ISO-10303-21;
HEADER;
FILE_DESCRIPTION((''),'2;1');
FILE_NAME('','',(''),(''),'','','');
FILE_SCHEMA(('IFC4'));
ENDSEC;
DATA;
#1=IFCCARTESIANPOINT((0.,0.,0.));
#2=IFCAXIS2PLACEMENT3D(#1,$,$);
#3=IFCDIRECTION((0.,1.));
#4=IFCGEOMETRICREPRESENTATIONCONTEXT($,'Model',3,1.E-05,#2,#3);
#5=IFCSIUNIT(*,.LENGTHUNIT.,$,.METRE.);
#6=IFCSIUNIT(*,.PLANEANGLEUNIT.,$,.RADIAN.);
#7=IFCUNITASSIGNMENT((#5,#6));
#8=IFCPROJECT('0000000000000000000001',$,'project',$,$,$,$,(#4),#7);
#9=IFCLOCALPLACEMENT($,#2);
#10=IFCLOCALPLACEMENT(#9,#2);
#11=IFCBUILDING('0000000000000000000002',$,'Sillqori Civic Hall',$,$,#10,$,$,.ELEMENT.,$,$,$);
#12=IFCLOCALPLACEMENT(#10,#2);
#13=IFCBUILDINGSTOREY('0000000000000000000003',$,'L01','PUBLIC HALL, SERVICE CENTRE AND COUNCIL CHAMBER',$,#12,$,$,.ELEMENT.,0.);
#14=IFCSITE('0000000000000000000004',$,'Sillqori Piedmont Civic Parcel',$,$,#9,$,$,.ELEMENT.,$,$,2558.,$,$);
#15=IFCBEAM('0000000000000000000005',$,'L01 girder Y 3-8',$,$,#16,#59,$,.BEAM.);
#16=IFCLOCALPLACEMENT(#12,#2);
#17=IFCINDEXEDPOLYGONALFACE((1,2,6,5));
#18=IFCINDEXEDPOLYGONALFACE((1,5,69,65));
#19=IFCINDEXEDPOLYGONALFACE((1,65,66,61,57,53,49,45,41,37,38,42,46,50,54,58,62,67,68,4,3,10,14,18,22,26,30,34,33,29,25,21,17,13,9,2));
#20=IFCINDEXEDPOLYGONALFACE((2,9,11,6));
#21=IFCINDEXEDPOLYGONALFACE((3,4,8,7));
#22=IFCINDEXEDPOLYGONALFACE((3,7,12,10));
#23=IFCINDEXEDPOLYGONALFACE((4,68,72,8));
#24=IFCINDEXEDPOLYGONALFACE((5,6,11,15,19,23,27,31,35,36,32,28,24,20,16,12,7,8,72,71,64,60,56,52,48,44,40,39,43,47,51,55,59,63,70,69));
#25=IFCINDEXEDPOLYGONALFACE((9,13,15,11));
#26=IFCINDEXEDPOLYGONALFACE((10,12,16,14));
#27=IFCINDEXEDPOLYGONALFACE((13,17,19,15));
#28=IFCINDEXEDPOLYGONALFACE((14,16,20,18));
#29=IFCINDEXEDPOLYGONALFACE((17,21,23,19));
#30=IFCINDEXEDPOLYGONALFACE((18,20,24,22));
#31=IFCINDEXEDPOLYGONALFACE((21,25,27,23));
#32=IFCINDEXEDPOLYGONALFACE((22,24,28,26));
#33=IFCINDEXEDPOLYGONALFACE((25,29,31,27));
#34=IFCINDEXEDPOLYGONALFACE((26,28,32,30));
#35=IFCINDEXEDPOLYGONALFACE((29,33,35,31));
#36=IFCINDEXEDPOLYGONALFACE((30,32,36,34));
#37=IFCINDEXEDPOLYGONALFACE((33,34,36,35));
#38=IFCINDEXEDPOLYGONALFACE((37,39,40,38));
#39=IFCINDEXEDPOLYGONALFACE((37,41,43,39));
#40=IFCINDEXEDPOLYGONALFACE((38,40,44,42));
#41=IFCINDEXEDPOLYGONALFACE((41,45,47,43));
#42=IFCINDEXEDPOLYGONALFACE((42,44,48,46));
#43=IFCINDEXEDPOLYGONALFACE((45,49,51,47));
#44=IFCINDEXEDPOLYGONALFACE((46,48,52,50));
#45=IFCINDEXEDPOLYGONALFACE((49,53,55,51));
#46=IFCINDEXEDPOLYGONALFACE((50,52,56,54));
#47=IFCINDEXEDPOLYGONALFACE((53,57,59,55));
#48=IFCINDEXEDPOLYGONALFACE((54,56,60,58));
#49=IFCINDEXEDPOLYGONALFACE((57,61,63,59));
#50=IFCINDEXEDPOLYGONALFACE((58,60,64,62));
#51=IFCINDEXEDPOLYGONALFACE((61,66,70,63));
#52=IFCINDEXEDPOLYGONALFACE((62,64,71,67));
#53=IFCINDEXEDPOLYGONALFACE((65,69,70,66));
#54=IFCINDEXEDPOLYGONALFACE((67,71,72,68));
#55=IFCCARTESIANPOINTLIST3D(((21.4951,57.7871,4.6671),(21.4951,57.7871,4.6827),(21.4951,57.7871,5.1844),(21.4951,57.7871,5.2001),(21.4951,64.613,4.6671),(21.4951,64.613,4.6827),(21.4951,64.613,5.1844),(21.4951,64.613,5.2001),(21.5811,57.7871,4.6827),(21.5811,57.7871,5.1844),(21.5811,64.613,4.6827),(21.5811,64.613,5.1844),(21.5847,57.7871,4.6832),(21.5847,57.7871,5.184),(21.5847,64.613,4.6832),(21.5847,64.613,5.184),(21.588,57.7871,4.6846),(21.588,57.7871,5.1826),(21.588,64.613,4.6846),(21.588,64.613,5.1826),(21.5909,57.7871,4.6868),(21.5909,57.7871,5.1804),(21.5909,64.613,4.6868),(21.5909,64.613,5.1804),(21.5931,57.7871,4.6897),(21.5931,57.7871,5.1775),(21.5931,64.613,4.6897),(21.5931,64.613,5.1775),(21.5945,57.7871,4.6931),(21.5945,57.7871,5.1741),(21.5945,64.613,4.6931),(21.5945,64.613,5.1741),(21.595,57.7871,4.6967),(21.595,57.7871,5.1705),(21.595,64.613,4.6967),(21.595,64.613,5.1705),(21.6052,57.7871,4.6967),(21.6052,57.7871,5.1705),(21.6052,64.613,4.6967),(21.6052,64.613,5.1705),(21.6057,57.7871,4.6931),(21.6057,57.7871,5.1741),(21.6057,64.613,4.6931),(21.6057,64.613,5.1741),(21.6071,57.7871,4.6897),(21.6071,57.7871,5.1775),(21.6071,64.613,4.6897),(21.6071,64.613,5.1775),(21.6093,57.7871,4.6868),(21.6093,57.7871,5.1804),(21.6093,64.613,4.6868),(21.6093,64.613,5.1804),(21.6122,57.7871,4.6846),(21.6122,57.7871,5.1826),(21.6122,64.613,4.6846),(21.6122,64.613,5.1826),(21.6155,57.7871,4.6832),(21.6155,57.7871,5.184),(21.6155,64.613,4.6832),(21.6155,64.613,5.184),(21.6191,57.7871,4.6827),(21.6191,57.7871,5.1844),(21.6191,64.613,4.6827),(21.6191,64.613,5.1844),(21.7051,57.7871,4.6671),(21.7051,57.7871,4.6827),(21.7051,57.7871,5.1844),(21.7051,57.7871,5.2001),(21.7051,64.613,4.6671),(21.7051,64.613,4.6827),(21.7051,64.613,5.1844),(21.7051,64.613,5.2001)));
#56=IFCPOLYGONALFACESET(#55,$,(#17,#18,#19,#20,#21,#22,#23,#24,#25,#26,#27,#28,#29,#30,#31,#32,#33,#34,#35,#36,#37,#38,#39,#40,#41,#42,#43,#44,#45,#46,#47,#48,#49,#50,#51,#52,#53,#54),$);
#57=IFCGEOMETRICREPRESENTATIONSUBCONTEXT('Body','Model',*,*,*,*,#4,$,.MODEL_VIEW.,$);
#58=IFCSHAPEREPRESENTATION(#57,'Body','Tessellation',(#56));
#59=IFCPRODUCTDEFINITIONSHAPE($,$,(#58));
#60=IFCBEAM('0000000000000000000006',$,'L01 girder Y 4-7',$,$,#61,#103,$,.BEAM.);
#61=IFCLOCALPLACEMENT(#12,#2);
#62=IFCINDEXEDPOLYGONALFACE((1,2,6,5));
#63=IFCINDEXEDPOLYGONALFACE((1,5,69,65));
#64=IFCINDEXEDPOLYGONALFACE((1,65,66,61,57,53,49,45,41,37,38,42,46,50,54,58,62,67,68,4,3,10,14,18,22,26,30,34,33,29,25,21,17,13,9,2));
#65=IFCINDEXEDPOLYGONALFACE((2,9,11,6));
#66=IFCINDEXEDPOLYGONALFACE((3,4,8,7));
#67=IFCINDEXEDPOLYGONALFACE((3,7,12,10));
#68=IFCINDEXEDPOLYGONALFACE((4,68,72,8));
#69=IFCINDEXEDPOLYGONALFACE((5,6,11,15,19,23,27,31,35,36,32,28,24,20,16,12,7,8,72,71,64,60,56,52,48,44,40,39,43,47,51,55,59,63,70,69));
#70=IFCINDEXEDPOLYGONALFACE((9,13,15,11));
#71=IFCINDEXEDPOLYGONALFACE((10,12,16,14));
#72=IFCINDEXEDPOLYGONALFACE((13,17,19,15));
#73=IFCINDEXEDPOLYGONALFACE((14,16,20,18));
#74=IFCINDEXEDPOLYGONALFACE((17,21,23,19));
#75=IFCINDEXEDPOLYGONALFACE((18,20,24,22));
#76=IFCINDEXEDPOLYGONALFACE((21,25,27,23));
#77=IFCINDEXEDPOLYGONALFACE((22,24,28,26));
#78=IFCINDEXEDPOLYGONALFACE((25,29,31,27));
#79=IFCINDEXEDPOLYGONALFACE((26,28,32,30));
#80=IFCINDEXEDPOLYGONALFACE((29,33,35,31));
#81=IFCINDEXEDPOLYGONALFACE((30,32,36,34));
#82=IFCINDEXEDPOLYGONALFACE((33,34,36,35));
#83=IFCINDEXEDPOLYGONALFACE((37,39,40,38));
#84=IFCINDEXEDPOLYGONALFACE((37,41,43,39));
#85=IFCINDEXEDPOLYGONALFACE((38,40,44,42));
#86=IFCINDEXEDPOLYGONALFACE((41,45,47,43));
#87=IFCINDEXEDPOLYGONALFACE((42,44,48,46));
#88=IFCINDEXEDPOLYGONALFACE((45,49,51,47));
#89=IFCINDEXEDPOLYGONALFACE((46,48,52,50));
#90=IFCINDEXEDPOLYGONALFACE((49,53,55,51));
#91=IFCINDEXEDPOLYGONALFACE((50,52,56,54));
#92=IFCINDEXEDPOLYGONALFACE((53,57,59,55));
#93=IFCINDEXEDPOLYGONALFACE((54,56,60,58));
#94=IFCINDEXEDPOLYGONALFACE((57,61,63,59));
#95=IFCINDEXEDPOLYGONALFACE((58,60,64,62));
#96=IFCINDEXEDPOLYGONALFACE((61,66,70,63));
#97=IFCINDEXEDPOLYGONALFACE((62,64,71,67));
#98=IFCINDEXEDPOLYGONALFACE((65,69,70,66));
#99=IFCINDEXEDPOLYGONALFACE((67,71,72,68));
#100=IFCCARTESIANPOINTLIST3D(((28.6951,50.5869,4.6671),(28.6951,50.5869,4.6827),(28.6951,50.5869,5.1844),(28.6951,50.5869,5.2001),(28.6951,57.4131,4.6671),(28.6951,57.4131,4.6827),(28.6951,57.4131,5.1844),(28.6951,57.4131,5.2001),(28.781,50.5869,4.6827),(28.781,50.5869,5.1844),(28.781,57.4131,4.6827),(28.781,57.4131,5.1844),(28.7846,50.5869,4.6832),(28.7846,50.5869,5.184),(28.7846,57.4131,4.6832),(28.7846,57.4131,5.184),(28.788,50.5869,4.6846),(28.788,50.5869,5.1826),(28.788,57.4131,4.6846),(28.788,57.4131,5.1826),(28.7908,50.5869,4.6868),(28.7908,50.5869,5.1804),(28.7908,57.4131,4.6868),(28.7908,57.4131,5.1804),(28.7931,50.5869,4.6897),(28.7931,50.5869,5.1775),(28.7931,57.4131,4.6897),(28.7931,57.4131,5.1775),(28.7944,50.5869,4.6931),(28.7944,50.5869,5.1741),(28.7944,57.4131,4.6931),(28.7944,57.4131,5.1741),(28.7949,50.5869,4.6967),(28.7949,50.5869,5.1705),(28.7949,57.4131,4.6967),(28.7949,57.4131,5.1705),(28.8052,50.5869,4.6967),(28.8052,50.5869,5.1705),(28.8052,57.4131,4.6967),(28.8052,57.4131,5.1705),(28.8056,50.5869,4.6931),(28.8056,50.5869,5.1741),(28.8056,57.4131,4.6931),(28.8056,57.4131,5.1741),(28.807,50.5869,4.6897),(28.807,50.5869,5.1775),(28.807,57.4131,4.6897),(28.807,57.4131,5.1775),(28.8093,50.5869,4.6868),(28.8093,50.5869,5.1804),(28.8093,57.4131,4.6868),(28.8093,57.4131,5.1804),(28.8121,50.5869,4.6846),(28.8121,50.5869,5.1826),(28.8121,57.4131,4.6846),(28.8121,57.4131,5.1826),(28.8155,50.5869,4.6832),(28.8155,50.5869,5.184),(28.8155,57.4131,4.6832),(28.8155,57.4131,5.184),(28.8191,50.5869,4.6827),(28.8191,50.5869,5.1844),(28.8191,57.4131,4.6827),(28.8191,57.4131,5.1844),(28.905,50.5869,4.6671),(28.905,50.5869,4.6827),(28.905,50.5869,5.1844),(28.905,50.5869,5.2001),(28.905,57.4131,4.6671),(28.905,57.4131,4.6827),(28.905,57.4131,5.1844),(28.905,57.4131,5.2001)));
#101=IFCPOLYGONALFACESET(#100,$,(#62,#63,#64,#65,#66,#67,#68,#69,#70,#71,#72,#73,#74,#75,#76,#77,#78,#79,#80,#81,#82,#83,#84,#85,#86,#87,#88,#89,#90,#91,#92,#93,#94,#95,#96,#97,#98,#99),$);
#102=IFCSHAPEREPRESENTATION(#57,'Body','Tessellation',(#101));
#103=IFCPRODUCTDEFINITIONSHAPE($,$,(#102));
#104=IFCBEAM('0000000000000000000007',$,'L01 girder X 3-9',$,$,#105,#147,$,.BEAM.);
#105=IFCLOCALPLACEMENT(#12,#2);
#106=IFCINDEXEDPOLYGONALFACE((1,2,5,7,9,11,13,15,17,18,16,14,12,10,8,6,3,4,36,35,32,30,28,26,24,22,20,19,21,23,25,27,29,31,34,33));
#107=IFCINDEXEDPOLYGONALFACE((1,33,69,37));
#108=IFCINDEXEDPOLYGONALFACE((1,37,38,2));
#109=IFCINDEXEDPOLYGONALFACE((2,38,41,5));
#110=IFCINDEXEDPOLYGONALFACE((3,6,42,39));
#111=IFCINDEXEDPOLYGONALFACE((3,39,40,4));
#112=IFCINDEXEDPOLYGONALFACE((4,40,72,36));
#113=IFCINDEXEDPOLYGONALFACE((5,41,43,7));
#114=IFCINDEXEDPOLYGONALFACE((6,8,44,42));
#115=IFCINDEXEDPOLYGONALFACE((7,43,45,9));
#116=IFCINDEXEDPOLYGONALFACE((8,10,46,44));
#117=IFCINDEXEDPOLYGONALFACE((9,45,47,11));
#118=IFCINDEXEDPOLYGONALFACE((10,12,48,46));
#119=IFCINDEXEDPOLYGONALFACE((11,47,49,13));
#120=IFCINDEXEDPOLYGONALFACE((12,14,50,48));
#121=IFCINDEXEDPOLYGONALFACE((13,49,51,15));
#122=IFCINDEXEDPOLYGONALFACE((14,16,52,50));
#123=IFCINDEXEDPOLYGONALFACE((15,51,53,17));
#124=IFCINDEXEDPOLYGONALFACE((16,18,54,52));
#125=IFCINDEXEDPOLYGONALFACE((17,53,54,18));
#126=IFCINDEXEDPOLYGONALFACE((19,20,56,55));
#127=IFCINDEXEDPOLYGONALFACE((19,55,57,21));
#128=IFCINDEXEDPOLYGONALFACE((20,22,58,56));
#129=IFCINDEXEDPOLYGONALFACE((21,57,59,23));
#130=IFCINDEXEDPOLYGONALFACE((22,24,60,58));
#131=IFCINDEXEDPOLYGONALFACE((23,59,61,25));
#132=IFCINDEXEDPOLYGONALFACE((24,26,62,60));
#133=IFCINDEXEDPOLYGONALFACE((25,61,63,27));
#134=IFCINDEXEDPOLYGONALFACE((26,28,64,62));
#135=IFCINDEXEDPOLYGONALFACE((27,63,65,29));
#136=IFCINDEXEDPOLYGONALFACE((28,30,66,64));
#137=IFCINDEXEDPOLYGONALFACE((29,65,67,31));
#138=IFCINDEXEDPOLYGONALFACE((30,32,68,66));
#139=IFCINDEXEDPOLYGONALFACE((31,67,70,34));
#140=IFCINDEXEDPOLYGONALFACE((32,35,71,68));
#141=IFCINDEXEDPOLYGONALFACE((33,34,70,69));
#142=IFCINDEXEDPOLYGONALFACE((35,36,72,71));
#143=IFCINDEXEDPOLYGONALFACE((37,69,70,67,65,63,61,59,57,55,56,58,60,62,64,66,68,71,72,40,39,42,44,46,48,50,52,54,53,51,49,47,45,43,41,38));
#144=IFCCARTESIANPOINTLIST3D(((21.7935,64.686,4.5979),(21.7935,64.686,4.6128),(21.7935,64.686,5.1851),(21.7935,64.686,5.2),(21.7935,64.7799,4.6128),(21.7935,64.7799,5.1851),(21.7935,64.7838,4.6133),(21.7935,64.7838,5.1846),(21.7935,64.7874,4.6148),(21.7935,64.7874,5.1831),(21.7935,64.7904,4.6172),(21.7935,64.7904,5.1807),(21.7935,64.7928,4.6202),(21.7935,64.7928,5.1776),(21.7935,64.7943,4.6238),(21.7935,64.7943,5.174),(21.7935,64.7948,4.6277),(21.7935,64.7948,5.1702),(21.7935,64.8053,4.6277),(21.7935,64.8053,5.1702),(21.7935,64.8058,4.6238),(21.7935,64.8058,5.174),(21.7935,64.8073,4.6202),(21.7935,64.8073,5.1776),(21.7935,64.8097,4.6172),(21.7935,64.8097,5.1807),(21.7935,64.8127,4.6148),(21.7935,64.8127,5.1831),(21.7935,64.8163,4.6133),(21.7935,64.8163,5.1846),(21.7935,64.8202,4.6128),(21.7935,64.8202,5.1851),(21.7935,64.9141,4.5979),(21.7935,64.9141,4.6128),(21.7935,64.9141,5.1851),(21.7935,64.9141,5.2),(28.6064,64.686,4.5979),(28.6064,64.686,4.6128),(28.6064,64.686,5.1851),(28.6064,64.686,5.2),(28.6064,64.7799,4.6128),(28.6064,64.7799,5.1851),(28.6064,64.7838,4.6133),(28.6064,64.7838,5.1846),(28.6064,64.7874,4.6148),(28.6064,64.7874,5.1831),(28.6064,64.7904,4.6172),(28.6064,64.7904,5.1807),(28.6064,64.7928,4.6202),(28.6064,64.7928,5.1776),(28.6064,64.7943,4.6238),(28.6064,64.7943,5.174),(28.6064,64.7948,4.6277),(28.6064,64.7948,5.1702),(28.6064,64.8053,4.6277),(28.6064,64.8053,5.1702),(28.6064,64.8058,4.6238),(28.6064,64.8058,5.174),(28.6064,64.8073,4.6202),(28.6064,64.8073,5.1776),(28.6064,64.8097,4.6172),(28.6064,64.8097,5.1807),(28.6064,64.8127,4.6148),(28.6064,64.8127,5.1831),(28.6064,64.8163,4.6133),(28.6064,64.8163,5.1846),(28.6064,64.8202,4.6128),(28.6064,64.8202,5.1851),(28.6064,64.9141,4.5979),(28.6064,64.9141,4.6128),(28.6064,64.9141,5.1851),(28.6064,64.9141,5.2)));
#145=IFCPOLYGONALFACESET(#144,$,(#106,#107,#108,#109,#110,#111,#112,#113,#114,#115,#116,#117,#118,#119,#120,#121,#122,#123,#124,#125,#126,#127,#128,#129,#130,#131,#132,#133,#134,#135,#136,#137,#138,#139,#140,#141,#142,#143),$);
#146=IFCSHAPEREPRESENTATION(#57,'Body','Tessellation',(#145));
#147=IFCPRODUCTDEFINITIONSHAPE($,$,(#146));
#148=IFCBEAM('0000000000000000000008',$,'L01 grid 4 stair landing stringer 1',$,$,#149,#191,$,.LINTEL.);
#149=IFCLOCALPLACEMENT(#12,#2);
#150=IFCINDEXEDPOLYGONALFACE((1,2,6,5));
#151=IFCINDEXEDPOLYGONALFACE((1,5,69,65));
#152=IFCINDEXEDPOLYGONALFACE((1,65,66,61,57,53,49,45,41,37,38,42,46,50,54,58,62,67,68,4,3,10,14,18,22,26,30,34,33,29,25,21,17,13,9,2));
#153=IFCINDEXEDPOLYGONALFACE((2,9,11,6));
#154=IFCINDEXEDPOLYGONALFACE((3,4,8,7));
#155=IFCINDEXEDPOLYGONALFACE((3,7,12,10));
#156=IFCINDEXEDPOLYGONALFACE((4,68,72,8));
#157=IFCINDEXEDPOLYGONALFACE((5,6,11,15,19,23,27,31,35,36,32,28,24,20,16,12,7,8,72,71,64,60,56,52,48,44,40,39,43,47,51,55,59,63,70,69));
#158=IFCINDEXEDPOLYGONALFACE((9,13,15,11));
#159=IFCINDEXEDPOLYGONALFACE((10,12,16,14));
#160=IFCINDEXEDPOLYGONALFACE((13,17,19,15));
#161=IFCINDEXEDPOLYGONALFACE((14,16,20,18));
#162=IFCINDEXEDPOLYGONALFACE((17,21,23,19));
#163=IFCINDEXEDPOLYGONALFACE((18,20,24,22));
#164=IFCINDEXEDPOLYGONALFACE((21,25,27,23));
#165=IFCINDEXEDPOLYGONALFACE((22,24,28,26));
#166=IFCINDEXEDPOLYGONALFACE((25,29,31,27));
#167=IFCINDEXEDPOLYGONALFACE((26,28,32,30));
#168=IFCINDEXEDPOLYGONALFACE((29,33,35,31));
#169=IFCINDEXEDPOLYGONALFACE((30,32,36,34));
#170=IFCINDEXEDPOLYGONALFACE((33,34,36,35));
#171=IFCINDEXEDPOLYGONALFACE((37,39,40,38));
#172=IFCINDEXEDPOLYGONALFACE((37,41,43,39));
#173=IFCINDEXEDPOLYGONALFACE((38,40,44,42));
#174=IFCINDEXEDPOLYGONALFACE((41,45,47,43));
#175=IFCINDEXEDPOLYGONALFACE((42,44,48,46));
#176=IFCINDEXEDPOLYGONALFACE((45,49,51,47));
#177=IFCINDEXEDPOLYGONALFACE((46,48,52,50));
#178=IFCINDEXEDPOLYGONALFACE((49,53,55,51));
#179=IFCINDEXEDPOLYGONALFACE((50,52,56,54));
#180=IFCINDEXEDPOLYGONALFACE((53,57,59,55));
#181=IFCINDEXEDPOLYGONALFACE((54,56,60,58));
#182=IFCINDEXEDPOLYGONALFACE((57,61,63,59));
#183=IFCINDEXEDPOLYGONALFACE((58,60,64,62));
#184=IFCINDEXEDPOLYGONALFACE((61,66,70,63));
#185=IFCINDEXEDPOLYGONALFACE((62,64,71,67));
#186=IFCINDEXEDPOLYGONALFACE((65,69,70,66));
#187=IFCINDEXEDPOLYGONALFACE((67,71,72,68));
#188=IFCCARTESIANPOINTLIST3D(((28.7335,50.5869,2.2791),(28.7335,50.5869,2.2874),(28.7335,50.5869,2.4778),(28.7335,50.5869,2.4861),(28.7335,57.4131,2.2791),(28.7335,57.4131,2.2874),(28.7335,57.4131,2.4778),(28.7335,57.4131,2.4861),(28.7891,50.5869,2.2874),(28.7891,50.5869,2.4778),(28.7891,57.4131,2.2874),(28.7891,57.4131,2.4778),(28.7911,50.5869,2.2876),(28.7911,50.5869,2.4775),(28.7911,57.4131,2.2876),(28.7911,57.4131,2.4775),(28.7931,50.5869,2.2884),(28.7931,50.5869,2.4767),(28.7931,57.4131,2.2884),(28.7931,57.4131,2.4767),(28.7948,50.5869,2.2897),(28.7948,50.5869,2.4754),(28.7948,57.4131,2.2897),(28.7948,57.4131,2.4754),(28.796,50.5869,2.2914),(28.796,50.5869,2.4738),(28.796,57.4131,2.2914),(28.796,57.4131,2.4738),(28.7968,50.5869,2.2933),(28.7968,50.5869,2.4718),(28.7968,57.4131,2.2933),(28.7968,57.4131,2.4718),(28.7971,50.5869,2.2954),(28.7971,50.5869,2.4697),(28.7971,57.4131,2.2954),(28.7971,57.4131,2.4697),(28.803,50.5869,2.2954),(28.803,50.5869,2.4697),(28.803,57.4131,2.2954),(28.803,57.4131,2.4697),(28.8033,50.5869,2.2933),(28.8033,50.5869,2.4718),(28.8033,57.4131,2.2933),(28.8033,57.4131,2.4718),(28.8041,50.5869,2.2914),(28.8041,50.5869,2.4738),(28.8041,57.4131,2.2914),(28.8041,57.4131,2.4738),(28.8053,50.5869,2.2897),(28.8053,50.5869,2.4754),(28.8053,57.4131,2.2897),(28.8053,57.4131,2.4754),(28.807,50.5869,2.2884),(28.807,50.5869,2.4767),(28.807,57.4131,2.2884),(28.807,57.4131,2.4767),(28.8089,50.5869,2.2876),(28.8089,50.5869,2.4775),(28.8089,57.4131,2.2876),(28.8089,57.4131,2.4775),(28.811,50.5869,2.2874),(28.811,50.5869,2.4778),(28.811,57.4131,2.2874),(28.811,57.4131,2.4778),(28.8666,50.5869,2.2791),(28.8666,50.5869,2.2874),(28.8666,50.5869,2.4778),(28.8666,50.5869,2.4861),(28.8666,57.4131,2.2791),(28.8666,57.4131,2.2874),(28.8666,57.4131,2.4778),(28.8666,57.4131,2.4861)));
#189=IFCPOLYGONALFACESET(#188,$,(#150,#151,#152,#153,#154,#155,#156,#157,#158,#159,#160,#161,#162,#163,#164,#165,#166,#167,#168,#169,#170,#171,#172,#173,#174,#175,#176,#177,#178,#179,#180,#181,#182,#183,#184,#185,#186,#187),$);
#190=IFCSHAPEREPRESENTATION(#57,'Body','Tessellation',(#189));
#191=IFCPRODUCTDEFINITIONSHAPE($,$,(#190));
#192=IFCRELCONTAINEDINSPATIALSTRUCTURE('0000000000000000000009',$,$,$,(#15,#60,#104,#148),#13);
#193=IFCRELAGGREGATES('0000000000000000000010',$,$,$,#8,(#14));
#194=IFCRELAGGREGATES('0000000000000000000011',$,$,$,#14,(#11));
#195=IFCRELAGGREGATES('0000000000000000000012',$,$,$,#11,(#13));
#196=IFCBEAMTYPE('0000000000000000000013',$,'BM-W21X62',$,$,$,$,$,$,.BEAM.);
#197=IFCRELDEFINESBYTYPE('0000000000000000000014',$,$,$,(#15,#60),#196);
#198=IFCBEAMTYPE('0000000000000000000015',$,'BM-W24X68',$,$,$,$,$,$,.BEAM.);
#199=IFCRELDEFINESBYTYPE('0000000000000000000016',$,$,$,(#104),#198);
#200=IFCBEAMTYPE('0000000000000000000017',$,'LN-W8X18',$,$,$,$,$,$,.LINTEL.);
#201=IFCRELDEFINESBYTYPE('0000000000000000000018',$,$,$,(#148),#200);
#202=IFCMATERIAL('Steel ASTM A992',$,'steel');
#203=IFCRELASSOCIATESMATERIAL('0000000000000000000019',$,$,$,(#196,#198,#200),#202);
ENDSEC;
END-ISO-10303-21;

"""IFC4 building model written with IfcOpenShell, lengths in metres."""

from ifc_helpers import new_model, si_unit, direction, frame, origin, origin_2d, place, context, subcontext, project, spatial, i_section, extrude, material, material_profile, profile_set, type_object, element, save


model = new_model("IFC4")

# Units and contexts
model_context = context("Model", 3, precision=1e-05, world=origin(), true_north=direction((0.0, 1.0)))
body_context = subcontext(model_context, "Body", "Model", "MODEL_VIEW")
ifc_project = project(units=[si_unit("LENGTHUNIT", "METRE"), si_unit("PLANEANGLEUNIT", "RADIAN")], contexts=[model_context])

# Site, building, storey
site_placement = place(None, origin())
site = spatial("IfcSite", under=ifc_project, at=site_placement, Name="Sillqori Piedmont Civic Parcel", CompositionType="ELEMENT", RefElevation=2558.0)
building_placement = place(site_placement, origin())
building = spatial("IfcBuilding", under=site, at=building_placement, Name="Sillqori Civic Hall", CompositionType="ELEMENT")
storey_placement = place(building_placement, origin())
storey = spatial("IfcBuildingStorey", under=building, at=storey_placement, Name="L01", Description="PUBLIC HALL, SERVICE CENTRE AND COUNCIL CHAMBER", CompositionType="ELEMENT", Elevation=0.0)

# Shared definitions
ifc_material_1 = material(Name="Steel ASTM A992", Category="steel")

# Beams
ifc_material_profile_1 = material_profile(ifc_material_1, i_section(OverallWidth=0.21, OverallDepth=0.533, WebThickness=0.0103, FlangeThickness=0.0156, FilletRadius=0.0139, at=origin_2d()), Name="W21X62")
ifc_profile_set_1 = profile_set([ifc_material_profile_1], Name="Steel ASTM A992")
beam_type_1 = type_object("IfcBeamType", Name="BM-W21X62", PredefinedType="BEAM", material=ifc_profile_set_1)
beam_1_placement = place(storey_placement, frame((21.6001, 57.7871, 4.9336), z_axis=(0.0, 1.0, 0.0), x_axis=(-1.0, 0.0, 0.0)))
element("IfcBeam", 1, at=beam_1_placement, inside=storey, type_object=beam_type_1, Name="L01 girder Y 3-8", PredefinedType="BEAM", context=body_context, shape_type="SweptSolid", body=[
    extrude(i_section(OverallWidth=0.21, OverallDepth=0.533, WebThickness=0.0103, FlangeThickness=0.0156, FilletRadius=0.0139, at=origin_2d()), origin(), (0.0, 0.0, 1.0), 6.8259),
])
beam_2_placement = place(storey_placement, frame((28.8, 50.5869, 4.9336), z_axis=(0.0, 1.0, 0.0), x_axis=(-1.0, 0.0, 0.0)))
element("IfcBeam", 2, at=beam_2_placement, inside=storey, type_object=beam_type_1, Name="L01 girder Y 4-7", PredefinedType="BEAM", context=body_context, shape_type="SweptSolid", body=[
    extrude(i_section(OverallWidth=0.21, OverallDepth=0.533, WebThickness=0.0103, FlangeThickness=0.0156, FilletRadius=0.0139, at=origin_2d()), origin(), (0.0, 0.0, 1.0), 6.8262),
])
ifc_material_profile_2 = material_profile(ifc_material_1, i_section(OverallWidth=0.228, OverallDepth=0.6021, WebThickness=0.0105, FlangeThickness=0.0149, FilletRadius=0.0149, at=origin_2d()), Name="W24X68")
ifc_profile_set_2 = profile_set([ifc_material_profile_2], Name="Steel ASTM A992")
beam_type_2 = type_object("IfcBeamType", Name="BM-W24X68", PredefinedType="BEAM", material=ifc_profile_set_2)
beam_3_placement = place(storey_placement, frame((21.7935, 64.8, 4.8989), z_axis=(1.0, 0.0, 0.0), x_axis=(0.0, 1.0, 0.0)))
element("IfcBeam", 3, at=beam_3_placement, inside=storey, type_object=beam_type_2, Name="L01 girder X 3-9", PredefinedType="BEAM", context=body_context, shape_type="SweptSolid", body=[
    extrude(i_section(OverallWidth=0.228, OverallDepth=0.6021, WebThickness=0.0105, FlangeThickness=0.0149, FilletRadius=0.0149, at=origin_2d()), origin(), (0.0, 0.0, 1.0), 6.813),
])
ifc_material_profile_3 = material_profile(ifc_material_1, i_section(OverallWidth=0.1331, OverallDepth=0.207, WebThickness=0.0059, FlangeThickness=0.0083, FilletRadius=0.0081, at=origin_2d()), Name="W8X18")
ifc_profile_set_3 = profile_set([ifc_material_profile_3], Name="Steel ASTM A992")
beam_type_3 = type_object("IfcBeamType", Name="LN-W8X18", PredefinedType="LINTEL", material=ifc_profile_set_3)
beam_4_placement = place(storey_placement, frame((28.8, 50.5869, 2.3826), z_axis=(0.0, 1.0, 0.0), x_axis=(-1.0, 0.0, 0.0)))
element("IfcBeam", 4, at=beam_4_placement, inside=storey, type_object=beam_type_3, Name="L01 grid 4 stair landing stringer 1", PredefinedType="LINTEL", context=body_context, shape_type="SweptSolid", body=[
    extrude(i_section(OverallWidth=0.1331, OverallDepth=0.207, WebThickness=0.0059, FlangeThickness=0.0083, FilletRadius=0.0081, at=origin_2d()), origin(), (0.0, 0.0, 1.0), 6.8262),
])

save(model, "model.ifc")
